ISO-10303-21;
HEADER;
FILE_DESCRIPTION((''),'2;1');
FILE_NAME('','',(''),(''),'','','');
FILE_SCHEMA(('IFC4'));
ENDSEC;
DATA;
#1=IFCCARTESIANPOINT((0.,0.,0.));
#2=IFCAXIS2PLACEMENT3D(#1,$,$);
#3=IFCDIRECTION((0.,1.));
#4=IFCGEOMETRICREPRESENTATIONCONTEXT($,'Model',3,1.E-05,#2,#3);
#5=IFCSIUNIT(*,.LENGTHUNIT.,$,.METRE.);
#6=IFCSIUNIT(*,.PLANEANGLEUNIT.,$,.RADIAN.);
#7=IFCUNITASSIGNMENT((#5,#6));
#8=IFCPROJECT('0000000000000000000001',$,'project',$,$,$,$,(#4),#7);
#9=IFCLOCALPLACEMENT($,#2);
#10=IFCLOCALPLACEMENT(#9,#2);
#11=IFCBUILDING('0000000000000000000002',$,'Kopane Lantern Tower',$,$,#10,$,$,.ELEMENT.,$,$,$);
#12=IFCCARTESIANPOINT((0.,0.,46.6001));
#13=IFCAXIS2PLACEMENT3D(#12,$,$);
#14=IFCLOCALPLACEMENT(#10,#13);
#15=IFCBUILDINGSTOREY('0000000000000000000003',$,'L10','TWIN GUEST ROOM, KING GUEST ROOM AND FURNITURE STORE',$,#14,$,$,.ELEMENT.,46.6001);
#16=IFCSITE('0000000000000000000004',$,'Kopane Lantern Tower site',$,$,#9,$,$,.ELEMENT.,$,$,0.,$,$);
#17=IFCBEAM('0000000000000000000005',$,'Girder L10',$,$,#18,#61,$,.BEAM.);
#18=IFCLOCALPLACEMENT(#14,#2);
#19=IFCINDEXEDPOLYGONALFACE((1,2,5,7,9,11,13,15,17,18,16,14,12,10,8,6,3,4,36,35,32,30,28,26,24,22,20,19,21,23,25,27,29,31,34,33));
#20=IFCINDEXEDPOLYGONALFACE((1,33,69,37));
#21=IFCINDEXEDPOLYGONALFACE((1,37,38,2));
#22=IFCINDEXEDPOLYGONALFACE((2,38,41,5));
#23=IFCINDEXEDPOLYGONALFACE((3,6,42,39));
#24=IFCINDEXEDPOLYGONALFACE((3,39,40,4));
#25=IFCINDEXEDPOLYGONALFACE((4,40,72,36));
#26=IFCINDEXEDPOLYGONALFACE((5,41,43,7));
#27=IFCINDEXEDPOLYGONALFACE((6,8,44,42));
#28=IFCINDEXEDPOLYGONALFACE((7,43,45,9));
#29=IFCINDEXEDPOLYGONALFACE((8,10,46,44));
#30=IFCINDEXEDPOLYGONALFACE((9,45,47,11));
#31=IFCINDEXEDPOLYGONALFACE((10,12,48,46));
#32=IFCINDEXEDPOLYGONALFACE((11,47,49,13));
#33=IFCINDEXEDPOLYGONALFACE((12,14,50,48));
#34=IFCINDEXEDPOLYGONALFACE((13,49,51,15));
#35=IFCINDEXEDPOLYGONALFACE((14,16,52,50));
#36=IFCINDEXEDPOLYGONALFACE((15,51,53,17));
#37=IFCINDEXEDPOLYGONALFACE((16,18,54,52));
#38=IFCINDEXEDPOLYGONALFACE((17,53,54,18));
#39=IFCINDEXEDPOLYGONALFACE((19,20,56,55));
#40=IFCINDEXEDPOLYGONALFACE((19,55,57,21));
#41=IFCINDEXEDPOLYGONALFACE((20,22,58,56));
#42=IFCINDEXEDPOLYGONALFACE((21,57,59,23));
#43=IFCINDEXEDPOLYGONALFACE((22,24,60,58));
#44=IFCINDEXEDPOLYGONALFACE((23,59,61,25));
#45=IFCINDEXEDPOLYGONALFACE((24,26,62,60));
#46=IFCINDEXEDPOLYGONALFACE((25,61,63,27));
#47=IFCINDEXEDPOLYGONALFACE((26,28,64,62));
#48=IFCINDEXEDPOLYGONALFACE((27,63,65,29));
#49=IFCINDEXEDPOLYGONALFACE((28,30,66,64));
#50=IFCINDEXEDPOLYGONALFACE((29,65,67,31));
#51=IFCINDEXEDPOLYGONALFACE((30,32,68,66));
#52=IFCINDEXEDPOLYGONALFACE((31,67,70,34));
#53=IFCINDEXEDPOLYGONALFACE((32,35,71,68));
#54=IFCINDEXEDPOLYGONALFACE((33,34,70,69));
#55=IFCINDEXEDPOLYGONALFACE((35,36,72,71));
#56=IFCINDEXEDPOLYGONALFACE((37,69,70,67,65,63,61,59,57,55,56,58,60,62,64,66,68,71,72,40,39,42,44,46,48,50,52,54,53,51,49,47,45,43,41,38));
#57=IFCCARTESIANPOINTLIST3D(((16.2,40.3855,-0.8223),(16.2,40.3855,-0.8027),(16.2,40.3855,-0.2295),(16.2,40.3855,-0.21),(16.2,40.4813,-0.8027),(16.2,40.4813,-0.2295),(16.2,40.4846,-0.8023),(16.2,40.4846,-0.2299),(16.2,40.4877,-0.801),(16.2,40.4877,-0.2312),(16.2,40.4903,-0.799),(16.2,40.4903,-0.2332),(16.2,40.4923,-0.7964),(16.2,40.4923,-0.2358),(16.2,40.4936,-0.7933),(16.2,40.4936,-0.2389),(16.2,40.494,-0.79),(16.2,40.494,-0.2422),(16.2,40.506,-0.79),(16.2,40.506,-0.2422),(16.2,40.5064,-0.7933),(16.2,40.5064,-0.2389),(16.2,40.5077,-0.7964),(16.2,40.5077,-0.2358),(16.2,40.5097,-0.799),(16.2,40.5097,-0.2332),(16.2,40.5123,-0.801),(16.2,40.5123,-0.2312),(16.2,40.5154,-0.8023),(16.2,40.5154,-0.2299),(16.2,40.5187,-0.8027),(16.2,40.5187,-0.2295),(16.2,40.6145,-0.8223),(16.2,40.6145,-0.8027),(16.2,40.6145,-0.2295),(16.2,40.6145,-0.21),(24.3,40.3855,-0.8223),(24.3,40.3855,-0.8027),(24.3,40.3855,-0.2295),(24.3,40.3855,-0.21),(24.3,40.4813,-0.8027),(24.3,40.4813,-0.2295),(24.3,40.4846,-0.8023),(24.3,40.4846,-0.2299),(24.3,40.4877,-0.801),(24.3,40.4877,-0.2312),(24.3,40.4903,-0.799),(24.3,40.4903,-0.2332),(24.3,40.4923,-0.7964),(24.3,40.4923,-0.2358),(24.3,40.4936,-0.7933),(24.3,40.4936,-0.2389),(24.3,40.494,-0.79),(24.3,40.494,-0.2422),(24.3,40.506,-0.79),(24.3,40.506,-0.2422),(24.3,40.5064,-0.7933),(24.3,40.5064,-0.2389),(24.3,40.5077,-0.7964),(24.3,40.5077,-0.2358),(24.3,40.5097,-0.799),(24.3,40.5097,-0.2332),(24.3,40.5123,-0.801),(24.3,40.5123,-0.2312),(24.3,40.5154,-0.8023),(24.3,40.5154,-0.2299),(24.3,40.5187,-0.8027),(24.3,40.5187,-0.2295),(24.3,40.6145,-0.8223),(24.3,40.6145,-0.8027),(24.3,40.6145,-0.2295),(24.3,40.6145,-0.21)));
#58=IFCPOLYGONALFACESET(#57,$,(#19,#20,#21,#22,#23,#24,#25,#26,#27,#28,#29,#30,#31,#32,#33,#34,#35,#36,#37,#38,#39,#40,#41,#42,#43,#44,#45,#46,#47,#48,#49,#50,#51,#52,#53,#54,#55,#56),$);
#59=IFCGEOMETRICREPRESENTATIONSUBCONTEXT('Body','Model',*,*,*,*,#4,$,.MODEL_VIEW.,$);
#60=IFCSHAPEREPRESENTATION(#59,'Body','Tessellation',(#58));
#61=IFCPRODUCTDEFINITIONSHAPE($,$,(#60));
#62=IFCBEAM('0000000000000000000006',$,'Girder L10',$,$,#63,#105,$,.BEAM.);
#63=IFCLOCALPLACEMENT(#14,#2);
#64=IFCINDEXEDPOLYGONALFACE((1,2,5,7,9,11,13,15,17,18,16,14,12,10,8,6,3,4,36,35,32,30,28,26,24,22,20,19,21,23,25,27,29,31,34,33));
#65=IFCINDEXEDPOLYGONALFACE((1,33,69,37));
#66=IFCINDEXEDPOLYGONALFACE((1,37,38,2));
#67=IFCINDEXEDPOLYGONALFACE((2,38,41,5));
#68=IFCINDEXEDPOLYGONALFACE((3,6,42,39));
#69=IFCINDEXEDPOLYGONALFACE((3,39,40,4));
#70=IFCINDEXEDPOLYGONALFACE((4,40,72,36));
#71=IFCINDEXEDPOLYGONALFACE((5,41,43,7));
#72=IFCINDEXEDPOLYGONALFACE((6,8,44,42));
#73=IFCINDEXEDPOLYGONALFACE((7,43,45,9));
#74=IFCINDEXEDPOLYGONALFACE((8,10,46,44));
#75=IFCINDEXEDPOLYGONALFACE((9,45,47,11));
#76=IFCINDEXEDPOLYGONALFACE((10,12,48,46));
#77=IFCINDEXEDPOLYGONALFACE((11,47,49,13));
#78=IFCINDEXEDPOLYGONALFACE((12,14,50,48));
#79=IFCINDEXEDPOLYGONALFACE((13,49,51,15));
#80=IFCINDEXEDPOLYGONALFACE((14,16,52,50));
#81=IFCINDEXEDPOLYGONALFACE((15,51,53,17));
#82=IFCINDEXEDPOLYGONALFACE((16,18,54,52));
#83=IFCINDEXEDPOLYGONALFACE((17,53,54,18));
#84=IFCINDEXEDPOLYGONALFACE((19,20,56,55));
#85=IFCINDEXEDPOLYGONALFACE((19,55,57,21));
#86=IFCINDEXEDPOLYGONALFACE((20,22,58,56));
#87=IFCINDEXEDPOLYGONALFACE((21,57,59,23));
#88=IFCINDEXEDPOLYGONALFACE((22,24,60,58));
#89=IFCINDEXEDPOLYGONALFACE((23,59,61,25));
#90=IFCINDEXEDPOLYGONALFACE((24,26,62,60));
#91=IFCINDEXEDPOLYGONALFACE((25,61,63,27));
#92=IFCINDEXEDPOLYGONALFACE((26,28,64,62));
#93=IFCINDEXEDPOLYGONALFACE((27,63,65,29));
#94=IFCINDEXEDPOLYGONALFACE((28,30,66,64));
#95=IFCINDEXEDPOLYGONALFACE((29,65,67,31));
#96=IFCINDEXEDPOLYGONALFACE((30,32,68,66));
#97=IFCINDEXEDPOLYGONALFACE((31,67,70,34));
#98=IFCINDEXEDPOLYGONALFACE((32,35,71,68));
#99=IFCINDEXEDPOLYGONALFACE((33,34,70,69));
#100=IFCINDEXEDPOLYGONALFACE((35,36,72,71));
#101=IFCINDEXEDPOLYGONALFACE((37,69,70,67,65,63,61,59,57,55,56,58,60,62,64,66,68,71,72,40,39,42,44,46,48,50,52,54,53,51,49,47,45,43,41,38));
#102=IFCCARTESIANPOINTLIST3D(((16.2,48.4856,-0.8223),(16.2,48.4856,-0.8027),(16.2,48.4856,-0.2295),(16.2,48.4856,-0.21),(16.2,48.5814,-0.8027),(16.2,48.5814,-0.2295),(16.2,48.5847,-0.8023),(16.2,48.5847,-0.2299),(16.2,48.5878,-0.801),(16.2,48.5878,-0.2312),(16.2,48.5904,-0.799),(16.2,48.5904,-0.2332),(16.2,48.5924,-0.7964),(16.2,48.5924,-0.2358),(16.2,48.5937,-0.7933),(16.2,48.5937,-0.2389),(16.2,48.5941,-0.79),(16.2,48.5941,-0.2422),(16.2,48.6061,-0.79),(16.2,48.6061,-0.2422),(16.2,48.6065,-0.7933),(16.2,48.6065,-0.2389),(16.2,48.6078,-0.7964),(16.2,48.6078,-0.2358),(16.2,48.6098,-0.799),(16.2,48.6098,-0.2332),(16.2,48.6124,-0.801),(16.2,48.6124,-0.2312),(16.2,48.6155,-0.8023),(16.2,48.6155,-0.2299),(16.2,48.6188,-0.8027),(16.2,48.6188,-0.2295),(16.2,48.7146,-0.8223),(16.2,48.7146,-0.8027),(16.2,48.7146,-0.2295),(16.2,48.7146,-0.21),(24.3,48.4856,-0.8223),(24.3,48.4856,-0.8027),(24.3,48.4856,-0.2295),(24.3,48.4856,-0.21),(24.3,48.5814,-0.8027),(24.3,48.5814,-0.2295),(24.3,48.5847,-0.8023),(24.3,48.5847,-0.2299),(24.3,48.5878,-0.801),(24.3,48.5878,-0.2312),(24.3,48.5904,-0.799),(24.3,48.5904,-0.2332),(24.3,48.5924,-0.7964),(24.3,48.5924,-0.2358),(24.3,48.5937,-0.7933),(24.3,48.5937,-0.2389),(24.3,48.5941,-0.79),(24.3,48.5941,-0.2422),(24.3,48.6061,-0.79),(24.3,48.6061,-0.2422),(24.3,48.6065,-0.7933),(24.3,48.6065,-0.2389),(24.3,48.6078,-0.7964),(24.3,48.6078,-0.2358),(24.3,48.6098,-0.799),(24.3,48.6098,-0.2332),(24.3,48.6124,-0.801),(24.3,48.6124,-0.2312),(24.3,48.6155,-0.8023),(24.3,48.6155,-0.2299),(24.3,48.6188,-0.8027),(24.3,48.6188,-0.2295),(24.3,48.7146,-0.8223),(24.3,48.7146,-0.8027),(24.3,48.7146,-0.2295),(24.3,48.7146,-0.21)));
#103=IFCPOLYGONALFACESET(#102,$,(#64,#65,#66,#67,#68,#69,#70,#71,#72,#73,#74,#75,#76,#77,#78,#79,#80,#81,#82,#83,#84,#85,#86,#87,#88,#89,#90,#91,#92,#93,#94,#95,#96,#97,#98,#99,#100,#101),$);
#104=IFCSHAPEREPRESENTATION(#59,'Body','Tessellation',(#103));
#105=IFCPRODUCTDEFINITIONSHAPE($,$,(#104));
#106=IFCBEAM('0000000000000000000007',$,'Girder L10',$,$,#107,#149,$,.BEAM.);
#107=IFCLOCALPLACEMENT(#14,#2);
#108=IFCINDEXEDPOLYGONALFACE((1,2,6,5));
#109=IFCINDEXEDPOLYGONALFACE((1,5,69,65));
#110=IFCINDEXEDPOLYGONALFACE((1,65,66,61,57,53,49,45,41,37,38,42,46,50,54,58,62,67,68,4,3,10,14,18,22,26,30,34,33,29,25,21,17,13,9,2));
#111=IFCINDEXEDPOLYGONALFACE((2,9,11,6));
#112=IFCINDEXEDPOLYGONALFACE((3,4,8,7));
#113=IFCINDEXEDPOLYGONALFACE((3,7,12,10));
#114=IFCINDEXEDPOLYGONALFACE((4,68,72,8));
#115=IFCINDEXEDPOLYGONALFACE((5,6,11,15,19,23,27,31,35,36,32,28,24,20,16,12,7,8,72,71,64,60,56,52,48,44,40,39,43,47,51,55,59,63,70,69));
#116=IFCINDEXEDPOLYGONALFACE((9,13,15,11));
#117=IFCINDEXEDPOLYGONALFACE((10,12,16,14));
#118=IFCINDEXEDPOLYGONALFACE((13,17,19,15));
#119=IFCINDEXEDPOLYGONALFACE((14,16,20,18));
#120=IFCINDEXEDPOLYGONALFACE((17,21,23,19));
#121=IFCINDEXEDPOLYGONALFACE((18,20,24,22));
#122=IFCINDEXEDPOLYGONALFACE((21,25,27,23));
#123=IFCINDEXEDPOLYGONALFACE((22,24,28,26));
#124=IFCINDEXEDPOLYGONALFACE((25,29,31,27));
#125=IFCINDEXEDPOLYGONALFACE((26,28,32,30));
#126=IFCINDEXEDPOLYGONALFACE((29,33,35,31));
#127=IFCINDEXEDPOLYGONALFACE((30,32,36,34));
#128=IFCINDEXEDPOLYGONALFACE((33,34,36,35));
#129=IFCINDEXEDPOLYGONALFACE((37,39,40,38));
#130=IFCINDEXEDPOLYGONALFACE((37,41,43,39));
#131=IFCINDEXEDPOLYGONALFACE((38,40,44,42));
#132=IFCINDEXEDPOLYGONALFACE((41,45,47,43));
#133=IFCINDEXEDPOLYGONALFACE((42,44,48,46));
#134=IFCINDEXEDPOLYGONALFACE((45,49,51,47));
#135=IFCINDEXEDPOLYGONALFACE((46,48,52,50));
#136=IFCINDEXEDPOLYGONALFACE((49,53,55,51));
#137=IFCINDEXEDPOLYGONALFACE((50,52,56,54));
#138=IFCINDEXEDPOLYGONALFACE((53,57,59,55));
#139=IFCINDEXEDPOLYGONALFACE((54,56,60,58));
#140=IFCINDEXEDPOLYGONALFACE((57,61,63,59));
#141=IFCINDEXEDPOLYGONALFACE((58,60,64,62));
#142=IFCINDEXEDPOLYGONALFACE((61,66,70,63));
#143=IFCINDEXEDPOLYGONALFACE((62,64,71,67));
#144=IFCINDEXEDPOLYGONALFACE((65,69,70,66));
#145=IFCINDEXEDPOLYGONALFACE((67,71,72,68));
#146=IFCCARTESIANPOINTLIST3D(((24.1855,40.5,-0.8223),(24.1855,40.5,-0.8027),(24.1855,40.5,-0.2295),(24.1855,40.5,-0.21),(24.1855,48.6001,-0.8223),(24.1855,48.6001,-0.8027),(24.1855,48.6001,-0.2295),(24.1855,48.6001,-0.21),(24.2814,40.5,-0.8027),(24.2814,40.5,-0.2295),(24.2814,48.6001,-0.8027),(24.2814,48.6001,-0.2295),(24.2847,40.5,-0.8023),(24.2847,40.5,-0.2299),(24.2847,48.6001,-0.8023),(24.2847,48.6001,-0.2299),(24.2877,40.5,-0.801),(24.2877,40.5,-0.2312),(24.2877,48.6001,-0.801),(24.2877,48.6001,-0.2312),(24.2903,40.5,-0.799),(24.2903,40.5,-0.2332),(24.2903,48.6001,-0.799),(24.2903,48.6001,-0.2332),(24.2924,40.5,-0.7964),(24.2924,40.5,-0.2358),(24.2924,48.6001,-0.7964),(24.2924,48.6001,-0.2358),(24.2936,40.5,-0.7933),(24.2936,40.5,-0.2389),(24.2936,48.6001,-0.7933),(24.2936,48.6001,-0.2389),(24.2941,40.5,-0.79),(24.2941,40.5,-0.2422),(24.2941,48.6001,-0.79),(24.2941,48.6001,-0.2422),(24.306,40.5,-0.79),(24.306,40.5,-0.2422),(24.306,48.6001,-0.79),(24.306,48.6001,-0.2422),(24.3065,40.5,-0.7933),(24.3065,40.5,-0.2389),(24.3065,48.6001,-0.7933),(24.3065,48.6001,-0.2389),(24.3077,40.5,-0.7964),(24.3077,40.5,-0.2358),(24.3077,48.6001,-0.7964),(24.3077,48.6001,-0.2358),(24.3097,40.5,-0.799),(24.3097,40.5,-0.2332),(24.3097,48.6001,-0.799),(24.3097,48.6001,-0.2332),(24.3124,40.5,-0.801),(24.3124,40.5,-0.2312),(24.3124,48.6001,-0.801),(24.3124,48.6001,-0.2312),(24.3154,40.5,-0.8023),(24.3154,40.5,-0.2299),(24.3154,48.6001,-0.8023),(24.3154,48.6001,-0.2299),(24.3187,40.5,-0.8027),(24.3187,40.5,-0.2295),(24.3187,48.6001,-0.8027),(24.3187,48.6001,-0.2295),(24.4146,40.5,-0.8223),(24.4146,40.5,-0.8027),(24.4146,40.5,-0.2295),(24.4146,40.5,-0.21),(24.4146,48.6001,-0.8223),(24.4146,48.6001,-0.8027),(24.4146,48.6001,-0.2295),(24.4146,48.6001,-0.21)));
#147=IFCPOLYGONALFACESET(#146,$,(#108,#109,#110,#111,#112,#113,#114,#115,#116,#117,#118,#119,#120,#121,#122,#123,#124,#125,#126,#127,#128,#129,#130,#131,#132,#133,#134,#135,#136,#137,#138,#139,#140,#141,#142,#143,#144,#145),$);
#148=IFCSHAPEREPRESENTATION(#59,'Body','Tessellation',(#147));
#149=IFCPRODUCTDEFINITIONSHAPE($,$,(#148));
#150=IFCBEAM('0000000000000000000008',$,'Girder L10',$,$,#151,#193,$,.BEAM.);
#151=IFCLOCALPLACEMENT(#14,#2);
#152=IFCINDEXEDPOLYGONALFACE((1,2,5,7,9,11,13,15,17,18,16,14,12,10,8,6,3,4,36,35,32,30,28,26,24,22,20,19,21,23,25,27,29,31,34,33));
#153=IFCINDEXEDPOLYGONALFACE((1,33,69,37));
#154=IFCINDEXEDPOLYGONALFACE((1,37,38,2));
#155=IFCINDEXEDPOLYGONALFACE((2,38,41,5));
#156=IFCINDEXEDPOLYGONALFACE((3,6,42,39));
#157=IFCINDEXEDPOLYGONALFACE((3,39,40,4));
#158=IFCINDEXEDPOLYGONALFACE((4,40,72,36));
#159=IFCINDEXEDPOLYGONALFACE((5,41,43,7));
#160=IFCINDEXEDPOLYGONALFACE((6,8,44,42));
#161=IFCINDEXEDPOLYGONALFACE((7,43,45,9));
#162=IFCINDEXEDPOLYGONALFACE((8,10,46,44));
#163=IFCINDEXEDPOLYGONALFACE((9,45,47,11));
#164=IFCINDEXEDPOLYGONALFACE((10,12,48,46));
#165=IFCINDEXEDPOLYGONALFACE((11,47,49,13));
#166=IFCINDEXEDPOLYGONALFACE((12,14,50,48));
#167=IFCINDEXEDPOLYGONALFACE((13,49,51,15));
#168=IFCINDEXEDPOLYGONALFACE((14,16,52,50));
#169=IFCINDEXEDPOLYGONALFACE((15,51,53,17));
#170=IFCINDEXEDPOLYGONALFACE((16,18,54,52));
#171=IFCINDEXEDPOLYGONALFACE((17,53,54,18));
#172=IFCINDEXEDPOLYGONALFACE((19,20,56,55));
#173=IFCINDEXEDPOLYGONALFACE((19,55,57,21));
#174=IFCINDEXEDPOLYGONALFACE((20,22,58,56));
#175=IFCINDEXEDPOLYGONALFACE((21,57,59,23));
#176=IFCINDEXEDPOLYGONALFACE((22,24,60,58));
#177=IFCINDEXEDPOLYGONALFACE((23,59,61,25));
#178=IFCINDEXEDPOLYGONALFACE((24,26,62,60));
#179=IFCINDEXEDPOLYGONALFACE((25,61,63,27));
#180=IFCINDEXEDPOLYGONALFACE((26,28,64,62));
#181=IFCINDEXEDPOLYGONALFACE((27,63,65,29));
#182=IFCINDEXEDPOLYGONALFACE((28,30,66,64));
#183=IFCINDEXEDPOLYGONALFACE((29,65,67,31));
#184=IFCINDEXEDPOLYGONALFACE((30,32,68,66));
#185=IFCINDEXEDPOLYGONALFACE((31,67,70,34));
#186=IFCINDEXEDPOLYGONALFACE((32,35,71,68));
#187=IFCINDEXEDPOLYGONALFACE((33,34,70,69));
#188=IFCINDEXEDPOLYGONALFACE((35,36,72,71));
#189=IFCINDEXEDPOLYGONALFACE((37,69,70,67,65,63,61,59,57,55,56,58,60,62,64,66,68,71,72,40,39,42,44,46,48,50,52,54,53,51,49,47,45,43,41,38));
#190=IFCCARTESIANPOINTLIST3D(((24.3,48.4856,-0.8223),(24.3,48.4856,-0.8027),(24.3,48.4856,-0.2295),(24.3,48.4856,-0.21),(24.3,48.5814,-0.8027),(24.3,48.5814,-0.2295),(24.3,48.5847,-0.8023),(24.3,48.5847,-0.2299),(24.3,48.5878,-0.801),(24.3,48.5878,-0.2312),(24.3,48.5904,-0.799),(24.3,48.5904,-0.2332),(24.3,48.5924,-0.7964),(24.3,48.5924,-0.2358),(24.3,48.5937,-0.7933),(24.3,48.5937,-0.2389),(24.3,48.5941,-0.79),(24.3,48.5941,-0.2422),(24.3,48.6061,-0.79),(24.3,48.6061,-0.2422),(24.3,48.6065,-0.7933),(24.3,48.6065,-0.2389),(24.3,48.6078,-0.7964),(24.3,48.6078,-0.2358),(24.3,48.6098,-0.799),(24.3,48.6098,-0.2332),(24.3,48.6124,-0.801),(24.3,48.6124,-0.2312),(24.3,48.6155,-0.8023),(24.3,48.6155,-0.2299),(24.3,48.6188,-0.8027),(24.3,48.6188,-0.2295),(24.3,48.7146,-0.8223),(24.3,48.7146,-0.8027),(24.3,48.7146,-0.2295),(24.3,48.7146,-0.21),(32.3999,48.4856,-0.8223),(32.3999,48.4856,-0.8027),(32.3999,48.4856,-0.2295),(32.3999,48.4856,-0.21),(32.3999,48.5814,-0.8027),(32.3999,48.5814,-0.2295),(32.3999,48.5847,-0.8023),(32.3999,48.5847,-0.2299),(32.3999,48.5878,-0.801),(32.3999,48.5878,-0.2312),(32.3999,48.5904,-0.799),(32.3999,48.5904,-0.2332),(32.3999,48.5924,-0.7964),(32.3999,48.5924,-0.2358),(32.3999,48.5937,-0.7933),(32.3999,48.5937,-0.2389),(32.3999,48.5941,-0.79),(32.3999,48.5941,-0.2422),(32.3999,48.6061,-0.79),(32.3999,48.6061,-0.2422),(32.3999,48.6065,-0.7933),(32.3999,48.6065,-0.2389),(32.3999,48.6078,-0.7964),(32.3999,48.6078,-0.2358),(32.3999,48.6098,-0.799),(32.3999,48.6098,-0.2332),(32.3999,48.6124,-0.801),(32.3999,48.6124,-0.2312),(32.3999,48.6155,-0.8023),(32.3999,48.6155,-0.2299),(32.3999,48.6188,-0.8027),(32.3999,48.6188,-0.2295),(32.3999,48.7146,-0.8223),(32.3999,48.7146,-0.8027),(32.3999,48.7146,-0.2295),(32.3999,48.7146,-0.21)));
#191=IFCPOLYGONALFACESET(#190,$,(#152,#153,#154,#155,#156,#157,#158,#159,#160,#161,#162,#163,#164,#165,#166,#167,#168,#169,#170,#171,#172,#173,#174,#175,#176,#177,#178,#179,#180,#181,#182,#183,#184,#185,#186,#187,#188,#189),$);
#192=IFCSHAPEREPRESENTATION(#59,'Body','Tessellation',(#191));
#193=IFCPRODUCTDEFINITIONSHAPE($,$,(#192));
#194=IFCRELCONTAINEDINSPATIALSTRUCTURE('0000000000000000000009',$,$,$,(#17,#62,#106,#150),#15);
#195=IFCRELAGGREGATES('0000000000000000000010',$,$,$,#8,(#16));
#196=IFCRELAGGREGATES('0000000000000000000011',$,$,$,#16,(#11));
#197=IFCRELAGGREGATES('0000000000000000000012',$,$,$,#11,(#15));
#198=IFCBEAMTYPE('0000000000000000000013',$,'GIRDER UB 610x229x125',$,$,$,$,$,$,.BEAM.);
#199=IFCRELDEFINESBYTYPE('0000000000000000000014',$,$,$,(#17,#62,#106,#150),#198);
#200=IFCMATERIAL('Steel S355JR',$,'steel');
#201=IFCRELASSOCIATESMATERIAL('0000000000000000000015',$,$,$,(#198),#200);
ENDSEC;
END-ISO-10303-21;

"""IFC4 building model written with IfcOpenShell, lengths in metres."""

from ifc_helpers import new_model, si_unit, direction, frame, origin, origin_2d, place, context, subcontext, project, spatial, i_section, extrude, material, material_profile, profile_set, type_object, element, save


model = new_model("IFC4")

# Units and contexts
model_context = context("Model", 3, precision=1e-05, world=origin(), true_north=direction((0.0, 1.0)))
body_context = subcontext(model_context, "Body", "Model", "MODEL_VIEW")
ifc_project = project(units=[si_unit("LENGTHUNIT", "METRE"), si_unit("PLANEANGLEUNIT", "RADIAN")], contexts=[model_context])

# Site, building, storey
site_placement = place(None, origin())
site = spatial("IfcSite", under=ifc_project, at=site_placement, Name="Kopane Lantern Tower site", CompositionType="ELEMENT", RefElevation=0.0)
building_placement = place(site_placement, origin())
building = spatial("IfcBuilding", under=site, at=building_placement, Name="Kopane Lantern Tower", CompositionType="ELEMENT")
storey_placement = place(building_placement, frame((0.0, 0.0, 46.6001)))
storey = spatial("IfcBuildingStorey", under=building, at=storey_placement, Name="L10", Description="TWIN GUEST ROOM, KING GUEST ROOM AND FURNITURE STORE", CompositionType="ELEMENT", Elevation=46.6001)

# Beams
ifc_material_1 = material(Name="Steel S355JR", Category="steel")
ifc_material_profile_1 = material_profile(ifc_material_1, i_section(OverallWidth=0.229, OverallDepth=0.6123, WebThickness=0.012, FlangeThickness=0.0195, FilletRadius=0.0127, at=origin_2d()), Name="UB 610x229x125")
ifc_profile_set_1 = profile_set([ifc_material_profile_1], Name="Steel S355JR")
beam_type_1 = type_object("IfcBeamType", Name="GIRDER UB 610x229x125", PredefinedType="BEAM", material=ifc_profile_set_1)
for number, where, z_axis, x_axis, name in (
    (1, (16.2, 40.5, -0.5161), (1.0, 0.0, 0.0), (0.0, 1.0, 0.0), "Girder L10"),
    (2, (16.2, 48.6001, -0.5161), (1.0, 0.0, 0.0), (0.0, 1.0, 0.0), "Girder L10"),
    (3, (24.3, 40.5, -0.5161), (0.0, 1.0, 0.0), (-1.0, 0.0, 0.0), "Girder L10"),
):
    element("IfcBeam", number, at=place(storey_placement, frame(where, z_axis=z_axis, x_axis=x_axis)), inside=storey, type_object=beam_type_1, Name=name, PredefinedType="BEAM", context=body_context, shape_type="SweptSolid", body=[
        extrude(i_section(OverallWidth=0.229, OverallDepth=0.6123, WebThickness=0.012, FlangeThickness=0.0195, FilletRadius=0.0127, at=origin_2d()), origin(), (0.0, 0.0, 1.0), 8.1001),
    ])
beam_1_placement = place(storey_placement, frame((24.3, 48.6001, -0.5161), z_axis=(1.0, 0.0, 0.0), x_axis=(0.0, 1.0, 0.0)))
element("IfcBeam", 4, at=beam_1_placement, inside=storey, type_object=beam_type_1, Name="Girder L10", PredefinedType="BEAM", context=body_context, shape_type="SweptSolid", body=[
    extrude(i_section(OverallWidth=0.229, OverallDepth=0.6123, WebThickness=0.012, FlangeThickness=0.0195, FilletRadius=0.0127, at=origin_2d()), origin(), (0.0, 0.0, 1.0), 8.0999),
])

save(model, "model.ifc")
